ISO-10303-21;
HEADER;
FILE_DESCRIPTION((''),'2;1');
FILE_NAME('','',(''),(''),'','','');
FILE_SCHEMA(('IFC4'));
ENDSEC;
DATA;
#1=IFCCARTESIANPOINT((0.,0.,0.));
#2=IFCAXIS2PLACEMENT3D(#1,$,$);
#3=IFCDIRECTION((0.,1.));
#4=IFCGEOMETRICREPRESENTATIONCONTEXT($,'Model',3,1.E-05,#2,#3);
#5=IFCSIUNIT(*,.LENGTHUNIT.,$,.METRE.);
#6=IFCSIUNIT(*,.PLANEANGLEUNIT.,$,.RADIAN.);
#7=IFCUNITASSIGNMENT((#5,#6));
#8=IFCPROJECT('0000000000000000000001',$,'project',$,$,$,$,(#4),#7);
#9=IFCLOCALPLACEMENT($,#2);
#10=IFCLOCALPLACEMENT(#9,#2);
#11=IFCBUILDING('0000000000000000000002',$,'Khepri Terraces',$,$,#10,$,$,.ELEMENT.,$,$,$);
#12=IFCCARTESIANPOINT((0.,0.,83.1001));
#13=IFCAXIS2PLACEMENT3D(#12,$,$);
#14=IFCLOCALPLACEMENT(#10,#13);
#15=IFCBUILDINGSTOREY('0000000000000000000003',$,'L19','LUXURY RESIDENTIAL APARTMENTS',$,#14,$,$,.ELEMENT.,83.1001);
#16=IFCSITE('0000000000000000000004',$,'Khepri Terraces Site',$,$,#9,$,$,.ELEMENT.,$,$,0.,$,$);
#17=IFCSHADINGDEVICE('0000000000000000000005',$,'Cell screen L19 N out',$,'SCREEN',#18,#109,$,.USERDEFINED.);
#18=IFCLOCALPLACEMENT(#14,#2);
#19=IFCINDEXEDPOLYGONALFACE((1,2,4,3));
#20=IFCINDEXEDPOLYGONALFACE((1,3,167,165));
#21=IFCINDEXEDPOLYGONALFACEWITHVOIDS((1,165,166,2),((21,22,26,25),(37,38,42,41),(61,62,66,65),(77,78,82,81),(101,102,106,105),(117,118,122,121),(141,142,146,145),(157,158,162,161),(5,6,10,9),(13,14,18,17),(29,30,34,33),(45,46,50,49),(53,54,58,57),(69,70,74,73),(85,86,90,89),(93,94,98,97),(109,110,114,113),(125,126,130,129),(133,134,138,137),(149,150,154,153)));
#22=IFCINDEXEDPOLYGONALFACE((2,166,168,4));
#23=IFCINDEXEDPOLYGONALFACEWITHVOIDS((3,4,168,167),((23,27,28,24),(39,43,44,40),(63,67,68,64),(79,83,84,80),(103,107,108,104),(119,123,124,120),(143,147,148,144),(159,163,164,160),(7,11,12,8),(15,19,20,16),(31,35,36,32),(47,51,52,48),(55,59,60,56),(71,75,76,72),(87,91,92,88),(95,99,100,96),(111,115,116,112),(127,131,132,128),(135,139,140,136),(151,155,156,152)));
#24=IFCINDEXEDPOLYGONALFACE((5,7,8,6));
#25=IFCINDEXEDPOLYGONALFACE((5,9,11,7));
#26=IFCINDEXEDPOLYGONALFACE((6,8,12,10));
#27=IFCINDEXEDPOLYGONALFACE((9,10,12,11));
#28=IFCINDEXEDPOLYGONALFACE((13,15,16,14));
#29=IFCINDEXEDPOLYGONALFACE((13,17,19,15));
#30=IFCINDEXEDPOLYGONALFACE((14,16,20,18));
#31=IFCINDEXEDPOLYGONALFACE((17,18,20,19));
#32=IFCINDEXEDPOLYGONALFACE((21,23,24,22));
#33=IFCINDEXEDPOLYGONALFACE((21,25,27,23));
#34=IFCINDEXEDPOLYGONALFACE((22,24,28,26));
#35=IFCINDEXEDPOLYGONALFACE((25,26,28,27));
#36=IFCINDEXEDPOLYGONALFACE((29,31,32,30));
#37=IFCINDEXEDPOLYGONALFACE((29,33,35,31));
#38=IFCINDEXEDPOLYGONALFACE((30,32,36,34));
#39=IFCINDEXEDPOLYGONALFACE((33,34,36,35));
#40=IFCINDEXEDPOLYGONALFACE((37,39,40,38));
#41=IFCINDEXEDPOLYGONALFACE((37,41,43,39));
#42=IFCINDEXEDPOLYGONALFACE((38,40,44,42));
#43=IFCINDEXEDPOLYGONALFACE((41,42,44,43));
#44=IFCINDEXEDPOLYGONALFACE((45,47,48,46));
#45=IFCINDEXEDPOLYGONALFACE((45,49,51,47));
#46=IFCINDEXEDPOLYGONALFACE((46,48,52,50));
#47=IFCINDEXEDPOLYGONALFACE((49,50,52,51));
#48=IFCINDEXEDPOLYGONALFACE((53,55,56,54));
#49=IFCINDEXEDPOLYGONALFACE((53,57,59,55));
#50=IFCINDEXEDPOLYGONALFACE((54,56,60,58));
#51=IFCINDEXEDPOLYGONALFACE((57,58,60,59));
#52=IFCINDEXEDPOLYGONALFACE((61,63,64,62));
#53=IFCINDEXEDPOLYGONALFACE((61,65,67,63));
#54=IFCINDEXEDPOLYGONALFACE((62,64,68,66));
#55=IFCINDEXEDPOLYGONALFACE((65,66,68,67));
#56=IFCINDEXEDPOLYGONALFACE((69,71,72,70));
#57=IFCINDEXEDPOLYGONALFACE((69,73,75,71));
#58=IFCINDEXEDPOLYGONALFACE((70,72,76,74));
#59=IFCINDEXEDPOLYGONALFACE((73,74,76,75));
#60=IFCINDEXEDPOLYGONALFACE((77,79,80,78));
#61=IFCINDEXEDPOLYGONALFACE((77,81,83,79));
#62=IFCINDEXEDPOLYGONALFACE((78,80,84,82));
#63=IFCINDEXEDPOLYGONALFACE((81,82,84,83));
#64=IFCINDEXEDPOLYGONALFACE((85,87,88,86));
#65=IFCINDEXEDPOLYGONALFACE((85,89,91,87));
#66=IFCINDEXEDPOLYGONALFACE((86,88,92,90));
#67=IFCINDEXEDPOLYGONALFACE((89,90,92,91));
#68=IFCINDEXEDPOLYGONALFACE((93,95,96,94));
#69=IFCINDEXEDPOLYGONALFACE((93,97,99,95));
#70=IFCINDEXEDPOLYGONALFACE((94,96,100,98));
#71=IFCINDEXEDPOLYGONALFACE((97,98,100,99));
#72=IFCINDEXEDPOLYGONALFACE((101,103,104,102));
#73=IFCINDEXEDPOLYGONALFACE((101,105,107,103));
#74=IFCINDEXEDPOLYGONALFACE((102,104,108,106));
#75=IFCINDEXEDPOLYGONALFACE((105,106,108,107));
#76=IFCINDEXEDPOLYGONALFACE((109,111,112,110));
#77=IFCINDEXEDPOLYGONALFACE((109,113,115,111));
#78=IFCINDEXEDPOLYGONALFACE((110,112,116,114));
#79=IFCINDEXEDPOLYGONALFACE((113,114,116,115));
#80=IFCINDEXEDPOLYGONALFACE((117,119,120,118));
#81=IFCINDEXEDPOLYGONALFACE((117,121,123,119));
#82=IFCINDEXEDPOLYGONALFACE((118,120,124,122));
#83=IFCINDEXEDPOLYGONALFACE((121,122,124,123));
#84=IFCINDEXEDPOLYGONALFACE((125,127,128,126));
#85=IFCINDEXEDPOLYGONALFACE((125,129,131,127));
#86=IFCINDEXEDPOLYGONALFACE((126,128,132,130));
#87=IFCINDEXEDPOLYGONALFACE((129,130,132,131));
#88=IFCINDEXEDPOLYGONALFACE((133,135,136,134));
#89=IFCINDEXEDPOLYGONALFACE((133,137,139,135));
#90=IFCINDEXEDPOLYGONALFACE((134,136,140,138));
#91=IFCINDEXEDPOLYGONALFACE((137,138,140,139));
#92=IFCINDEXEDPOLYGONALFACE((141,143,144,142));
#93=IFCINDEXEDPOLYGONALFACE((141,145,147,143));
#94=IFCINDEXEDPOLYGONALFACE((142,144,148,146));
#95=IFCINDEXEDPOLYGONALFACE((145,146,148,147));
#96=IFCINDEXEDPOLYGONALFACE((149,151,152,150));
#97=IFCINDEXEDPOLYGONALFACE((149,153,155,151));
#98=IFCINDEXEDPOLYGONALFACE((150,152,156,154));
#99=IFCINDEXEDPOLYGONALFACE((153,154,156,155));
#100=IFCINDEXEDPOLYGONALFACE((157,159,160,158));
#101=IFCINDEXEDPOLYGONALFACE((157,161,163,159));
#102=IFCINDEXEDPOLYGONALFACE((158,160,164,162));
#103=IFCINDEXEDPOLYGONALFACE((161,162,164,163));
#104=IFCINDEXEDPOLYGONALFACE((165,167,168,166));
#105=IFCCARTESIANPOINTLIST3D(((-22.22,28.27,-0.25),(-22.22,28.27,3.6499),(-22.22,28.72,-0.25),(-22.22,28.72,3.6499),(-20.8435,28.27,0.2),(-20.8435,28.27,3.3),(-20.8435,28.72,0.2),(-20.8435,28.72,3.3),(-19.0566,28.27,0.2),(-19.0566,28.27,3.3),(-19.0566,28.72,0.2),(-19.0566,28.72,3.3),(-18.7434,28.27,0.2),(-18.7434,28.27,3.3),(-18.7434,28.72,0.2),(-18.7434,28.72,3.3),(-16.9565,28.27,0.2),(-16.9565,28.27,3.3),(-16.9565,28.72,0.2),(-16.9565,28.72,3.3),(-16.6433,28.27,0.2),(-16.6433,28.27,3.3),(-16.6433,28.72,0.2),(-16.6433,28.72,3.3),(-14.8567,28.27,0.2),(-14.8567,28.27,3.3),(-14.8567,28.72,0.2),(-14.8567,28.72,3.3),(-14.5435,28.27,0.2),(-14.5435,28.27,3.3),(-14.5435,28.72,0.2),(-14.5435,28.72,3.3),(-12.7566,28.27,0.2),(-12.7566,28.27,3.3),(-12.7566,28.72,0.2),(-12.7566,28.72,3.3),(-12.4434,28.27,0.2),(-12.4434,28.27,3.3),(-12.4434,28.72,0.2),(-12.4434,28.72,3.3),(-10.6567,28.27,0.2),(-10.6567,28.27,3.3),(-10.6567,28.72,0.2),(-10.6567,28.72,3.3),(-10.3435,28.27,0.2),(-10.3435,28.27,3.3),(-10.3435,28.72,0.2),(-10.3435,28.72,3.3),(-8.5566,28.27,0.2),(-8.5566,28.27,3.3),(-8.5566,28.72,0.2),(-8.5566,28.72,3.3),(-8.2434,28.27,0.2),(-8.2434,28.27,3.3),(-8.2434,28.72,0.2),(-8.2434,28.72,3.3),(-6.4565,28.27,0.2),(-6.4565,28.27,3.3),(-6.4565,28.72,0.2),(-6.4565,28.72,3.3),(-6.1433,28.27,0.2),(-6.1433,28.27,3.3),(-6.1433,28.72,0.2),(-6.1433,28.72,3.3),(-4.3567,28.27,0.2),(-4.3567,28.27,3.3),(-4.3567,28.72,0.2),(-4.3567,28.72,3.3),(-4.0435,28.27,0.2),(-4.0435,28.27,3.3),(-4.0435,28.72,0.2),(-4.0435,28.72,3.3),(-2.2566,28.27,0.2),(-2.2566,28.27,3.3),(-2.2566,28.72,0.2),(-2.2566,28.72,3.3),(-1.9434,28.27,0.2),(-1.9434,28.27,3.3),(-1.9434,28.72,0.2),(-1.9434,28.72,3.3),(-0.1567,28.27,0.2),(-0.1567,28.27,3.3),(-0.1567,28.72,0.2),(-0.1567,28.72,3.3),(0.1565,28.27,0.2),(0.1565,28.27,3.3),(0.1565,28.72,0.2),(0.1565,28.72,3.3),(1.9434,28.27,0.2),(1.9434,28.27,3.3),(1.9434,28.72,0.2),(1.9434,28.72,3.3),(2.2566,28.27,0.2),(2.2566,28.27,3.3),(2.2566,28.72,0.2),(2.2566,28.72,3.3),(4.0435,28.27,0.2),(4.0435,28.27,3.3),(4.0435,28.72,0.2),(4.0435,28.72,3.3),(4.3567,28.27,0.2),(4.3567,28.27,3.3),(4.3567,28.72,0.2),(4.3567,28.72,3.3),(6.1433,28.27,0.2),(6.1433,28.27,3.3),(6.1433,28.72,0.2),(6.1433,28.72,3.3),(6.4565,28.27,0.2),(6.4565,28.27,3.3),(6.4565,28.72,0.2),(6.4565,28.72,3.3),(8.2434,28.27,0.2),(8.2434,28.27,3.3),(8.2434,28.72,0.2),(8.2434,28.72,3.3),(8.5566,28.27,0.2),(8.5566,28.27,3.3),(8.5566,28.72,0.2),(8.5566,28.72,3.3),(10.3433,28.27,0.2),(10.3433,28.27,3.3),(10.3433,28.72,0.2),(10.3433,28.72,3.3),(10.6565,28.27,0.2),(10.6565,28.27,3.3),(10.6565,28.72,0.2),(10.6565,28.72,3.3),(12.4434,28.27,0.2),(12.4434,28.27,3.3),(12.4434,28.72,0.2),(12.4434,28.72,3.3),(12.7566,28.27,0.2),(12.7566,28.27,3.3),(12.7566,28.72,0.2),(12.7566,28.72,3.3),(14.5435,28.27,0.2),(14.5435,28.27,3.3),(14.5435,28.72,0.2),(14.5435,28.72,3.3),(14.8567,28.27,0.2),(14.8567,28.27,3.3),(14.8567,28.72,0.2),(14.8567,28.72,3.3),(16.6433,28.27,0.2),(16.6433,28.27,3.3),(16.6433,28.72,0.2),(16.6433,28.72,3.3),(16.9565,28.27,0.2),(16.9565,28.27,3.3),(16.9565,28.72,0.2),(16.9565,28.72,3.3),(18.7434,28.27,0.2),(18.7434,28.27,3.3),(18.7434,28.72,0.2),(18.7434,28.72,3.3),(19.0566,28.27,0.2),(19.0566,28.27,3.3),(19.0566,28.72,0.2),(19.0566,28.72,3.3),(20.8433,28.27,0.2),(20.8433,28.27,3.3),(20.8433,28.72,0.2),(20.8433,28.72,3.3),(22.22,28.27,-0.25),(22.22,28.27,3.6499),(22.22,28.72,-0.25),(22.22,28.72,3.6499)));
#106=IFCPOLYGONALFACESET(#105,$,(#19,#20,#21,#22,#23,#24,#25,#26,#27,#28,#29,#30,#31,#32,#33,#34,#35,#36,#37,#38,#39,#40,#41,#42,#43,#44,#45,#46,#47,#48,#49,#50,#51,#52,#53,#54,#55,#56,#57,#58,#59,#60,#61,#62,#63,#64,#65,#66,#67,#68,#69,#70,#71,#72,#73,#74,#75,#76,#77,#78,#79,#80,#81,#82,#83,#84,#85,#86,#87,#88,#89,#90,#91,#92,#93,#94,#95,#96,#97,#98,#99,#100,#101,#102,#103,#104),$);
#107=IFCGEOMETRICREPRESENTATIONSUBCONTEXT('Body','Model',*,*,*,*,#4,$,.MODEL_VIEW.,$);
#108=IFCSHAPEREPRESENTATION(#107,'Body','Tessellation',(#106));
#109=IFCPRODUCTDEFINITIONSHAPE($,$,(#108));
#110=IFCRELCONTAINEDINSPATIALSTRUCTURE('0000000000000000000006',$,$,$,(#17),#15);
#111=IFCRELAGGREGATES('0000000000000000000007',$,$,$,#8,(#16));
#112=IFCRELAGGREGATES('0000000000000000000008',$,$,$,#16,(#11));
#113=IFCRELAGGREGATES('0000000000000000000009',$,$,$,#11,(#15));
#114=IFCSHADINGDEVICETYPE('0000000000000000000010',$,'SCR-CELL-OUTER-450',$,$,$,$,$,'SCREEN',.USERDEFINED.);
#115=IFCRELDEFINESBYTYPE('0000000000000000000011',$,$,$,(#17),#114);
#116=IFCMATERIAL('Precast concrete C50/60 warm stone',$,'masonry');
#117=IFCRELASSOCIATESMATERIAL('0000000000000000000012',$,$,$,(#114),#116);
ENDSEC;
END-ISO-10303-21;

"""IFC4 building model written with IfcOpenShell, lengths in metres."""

from ifc_helpers import new_model, si_unit, direction, frame, origin, place, context, subcontext, project, spatial, polyline, outline, extrude, material, type_object, element, save


model = new_model("IFC4")

# Units and contexts
model_context = context("Model", 3, precision=1e-05, world=origin(), true_north=direction((0.0, 1.0)))
body_context = subcontext(model_context, "Body", "Model", "MODEL_VIEW")
ifc_project = project(units=[si_unit("LENGTHUNIT", "METRE"), si_unit("PLANEANGLEUNIT", "RADIAN")], contexts=[model_context])

# Site, building, storey
site_placement = place(None, origin())
site = spatial("IfcSite", under=ifc_project, at=site_placement, Name="Khepri Terraces Site", CompositionType="ELEMENT", RefElevation=0.0)
building_placement = place(site_placement, origin())
building = spatial("IfcBuilding", under=site, at=building_placement, Name="Khepri Terraces", CompositionType="ELEMENT")
storey_placement = place(building_placement, frame((0.0, 0.0, 83.1001)))
storey = spatial("IfcBuildingStorey", under=building, at=storey_placement, Name="L19", Description="LUXURY RESIDENTIAL APARTMENTS", CompositionType="ELEMENT", Elevation=83.1001)

# Shared definitions
ifc_material_1 = material(Name="Precast concrete C50/60 warm stone", Category="masonry")

# Shading device
shading_device_type_1 = type_object("IfcShadingDeviceType", Name="SCR-CELL-OUTER-450", ElementType="SCREEN", PredefinedType="USERDEFINED", material=ifc_material_1)
shading_device_1_placement = place(storey_placement, frame((22.22, 28.27, -0.25), z_axis=(0.0, 1.0, 0.0), x_axis=(-1.0, 0.0, 0.0)))
element("IfcShadingDevice", 1, at=shading_device_1_placement, inside=storey, type_object=shading_device_type_1, Name="Cell screen L19 N out", ObjectType="SCREEN", PredefinedType="USERDEFINED", context=body_context, shape_type="SweptSolid", body=[
    extrude(outline(polyline([(0.0, 0.0), (44.4399, 0.0), (44.4399, 3.8999), (0.0, 3.8999), (0.0, 0.0)]), holes=[polyline([(1.3767, 0.45), (3.1633, 0.45), (3.1633, 3.55), (1.3767, 3.55), (1.3767, 0.45)]), polyline([(3.4766, 0.45), (5.2634, 0.45), (5.2634, 3.55), (3.4766, 3.55), (3.4766, 0.45)]), polyline([(5.5767, 0.45), (7.3633, 0.45), (7.3633, 3.55), (5.5767, 3.55), (5.5767, 0.45)]), polyline([(7.6765, 0.45), (9.4634, 0.45), (9.4634, 3.55), (7.6765, 3.55), (7.6765, 0.45)]), polyline([(9.7766, 0.45), (11.5635, 0.45), (11.5635, 3.55), (9.7766, 3.55), (9.7766, 0.45)]), polyline([(11.8767, 0.45), (13.6633, 0.45), (13.6633, 3.55), (11.8767, 3.55), (11.8767, 0.45)]), polyline([(13.9766, 0.45), (15.7634, 0.45), (15.7634, 3.55), (13.9766, 3.55), (13.9766, 0.45)]), polyline([(16.0767, 0.45), (17.8633, 0.45), (17.8633, 3.55), (16.0767, 3.55), (16.0767, 0.45)]), polyline([(18.1765, 0.45), (19.9634, 0.45), (19.9634, 3.55), (18.1765, 3.55), (18.1765, 0.45)]), polyline([(20.2766, 0.45), (22.0635, 0.45), (22.0635, 3.55), (20.2766, 3.55), (20.2766, 0.45)]), polyline([(22.3767, 0.45), (24.1633, 0.45), (24.1633, 3.55), (22.3767, 3.55), (22.3767, 0.45)]), polyline([(24.4766, 0.45), (26.2634, 0.45), (26.2634, 3.55), (24.4766, 3.55), (24.4766, 0.45)]), polyline([(26.5767, 0.45), (28.3633, 0.45), (28.3633, 3.55), (26.5767, 3.55), (26.5767, 0.45)]), polyline([(28.6765, 0.45), (30.4634, 0.45), (30.4634, 3.55), (28.6765, 3.55), (28.6765, 0.45)]), polyline([(30.7766, 0.45), (32.5635, 0.45), (32.5635, 3.55), (30.7766, 3.55), (30.7766, 0.45)]), polyline([(32.8767, 0.45), (34.6633, 0.45), (34.6633, 3.55), (32.8767, 3.55), (32.8767, 0.45)]), polyline([(34.9766, 0.45), (36.7634, 0.45), (36.7634, 3.55), (34.9766, 3.55), (34.9766, 0.45)]), polyline([(37.0767, 0.45), (38.8633, 0.45), (38.8633, 3.55), (37.0767, 3.55), (37.0767, 0.45)]), polyline([(39.1765, 0.45), (40.9634, 0.45), (40.9634, 3.55), (39.1765, 3.55), (39.1765, 0.45)]), polyline([(41.2766, 0.45), (43.0635, 0.45), (43.0635, 3.55), (41.2766, 3.55), (41.2766, 0.45)])]), origin(), (0.0, 0.0, 1.0), 0.45),
])

save(model, "model.ifc")
